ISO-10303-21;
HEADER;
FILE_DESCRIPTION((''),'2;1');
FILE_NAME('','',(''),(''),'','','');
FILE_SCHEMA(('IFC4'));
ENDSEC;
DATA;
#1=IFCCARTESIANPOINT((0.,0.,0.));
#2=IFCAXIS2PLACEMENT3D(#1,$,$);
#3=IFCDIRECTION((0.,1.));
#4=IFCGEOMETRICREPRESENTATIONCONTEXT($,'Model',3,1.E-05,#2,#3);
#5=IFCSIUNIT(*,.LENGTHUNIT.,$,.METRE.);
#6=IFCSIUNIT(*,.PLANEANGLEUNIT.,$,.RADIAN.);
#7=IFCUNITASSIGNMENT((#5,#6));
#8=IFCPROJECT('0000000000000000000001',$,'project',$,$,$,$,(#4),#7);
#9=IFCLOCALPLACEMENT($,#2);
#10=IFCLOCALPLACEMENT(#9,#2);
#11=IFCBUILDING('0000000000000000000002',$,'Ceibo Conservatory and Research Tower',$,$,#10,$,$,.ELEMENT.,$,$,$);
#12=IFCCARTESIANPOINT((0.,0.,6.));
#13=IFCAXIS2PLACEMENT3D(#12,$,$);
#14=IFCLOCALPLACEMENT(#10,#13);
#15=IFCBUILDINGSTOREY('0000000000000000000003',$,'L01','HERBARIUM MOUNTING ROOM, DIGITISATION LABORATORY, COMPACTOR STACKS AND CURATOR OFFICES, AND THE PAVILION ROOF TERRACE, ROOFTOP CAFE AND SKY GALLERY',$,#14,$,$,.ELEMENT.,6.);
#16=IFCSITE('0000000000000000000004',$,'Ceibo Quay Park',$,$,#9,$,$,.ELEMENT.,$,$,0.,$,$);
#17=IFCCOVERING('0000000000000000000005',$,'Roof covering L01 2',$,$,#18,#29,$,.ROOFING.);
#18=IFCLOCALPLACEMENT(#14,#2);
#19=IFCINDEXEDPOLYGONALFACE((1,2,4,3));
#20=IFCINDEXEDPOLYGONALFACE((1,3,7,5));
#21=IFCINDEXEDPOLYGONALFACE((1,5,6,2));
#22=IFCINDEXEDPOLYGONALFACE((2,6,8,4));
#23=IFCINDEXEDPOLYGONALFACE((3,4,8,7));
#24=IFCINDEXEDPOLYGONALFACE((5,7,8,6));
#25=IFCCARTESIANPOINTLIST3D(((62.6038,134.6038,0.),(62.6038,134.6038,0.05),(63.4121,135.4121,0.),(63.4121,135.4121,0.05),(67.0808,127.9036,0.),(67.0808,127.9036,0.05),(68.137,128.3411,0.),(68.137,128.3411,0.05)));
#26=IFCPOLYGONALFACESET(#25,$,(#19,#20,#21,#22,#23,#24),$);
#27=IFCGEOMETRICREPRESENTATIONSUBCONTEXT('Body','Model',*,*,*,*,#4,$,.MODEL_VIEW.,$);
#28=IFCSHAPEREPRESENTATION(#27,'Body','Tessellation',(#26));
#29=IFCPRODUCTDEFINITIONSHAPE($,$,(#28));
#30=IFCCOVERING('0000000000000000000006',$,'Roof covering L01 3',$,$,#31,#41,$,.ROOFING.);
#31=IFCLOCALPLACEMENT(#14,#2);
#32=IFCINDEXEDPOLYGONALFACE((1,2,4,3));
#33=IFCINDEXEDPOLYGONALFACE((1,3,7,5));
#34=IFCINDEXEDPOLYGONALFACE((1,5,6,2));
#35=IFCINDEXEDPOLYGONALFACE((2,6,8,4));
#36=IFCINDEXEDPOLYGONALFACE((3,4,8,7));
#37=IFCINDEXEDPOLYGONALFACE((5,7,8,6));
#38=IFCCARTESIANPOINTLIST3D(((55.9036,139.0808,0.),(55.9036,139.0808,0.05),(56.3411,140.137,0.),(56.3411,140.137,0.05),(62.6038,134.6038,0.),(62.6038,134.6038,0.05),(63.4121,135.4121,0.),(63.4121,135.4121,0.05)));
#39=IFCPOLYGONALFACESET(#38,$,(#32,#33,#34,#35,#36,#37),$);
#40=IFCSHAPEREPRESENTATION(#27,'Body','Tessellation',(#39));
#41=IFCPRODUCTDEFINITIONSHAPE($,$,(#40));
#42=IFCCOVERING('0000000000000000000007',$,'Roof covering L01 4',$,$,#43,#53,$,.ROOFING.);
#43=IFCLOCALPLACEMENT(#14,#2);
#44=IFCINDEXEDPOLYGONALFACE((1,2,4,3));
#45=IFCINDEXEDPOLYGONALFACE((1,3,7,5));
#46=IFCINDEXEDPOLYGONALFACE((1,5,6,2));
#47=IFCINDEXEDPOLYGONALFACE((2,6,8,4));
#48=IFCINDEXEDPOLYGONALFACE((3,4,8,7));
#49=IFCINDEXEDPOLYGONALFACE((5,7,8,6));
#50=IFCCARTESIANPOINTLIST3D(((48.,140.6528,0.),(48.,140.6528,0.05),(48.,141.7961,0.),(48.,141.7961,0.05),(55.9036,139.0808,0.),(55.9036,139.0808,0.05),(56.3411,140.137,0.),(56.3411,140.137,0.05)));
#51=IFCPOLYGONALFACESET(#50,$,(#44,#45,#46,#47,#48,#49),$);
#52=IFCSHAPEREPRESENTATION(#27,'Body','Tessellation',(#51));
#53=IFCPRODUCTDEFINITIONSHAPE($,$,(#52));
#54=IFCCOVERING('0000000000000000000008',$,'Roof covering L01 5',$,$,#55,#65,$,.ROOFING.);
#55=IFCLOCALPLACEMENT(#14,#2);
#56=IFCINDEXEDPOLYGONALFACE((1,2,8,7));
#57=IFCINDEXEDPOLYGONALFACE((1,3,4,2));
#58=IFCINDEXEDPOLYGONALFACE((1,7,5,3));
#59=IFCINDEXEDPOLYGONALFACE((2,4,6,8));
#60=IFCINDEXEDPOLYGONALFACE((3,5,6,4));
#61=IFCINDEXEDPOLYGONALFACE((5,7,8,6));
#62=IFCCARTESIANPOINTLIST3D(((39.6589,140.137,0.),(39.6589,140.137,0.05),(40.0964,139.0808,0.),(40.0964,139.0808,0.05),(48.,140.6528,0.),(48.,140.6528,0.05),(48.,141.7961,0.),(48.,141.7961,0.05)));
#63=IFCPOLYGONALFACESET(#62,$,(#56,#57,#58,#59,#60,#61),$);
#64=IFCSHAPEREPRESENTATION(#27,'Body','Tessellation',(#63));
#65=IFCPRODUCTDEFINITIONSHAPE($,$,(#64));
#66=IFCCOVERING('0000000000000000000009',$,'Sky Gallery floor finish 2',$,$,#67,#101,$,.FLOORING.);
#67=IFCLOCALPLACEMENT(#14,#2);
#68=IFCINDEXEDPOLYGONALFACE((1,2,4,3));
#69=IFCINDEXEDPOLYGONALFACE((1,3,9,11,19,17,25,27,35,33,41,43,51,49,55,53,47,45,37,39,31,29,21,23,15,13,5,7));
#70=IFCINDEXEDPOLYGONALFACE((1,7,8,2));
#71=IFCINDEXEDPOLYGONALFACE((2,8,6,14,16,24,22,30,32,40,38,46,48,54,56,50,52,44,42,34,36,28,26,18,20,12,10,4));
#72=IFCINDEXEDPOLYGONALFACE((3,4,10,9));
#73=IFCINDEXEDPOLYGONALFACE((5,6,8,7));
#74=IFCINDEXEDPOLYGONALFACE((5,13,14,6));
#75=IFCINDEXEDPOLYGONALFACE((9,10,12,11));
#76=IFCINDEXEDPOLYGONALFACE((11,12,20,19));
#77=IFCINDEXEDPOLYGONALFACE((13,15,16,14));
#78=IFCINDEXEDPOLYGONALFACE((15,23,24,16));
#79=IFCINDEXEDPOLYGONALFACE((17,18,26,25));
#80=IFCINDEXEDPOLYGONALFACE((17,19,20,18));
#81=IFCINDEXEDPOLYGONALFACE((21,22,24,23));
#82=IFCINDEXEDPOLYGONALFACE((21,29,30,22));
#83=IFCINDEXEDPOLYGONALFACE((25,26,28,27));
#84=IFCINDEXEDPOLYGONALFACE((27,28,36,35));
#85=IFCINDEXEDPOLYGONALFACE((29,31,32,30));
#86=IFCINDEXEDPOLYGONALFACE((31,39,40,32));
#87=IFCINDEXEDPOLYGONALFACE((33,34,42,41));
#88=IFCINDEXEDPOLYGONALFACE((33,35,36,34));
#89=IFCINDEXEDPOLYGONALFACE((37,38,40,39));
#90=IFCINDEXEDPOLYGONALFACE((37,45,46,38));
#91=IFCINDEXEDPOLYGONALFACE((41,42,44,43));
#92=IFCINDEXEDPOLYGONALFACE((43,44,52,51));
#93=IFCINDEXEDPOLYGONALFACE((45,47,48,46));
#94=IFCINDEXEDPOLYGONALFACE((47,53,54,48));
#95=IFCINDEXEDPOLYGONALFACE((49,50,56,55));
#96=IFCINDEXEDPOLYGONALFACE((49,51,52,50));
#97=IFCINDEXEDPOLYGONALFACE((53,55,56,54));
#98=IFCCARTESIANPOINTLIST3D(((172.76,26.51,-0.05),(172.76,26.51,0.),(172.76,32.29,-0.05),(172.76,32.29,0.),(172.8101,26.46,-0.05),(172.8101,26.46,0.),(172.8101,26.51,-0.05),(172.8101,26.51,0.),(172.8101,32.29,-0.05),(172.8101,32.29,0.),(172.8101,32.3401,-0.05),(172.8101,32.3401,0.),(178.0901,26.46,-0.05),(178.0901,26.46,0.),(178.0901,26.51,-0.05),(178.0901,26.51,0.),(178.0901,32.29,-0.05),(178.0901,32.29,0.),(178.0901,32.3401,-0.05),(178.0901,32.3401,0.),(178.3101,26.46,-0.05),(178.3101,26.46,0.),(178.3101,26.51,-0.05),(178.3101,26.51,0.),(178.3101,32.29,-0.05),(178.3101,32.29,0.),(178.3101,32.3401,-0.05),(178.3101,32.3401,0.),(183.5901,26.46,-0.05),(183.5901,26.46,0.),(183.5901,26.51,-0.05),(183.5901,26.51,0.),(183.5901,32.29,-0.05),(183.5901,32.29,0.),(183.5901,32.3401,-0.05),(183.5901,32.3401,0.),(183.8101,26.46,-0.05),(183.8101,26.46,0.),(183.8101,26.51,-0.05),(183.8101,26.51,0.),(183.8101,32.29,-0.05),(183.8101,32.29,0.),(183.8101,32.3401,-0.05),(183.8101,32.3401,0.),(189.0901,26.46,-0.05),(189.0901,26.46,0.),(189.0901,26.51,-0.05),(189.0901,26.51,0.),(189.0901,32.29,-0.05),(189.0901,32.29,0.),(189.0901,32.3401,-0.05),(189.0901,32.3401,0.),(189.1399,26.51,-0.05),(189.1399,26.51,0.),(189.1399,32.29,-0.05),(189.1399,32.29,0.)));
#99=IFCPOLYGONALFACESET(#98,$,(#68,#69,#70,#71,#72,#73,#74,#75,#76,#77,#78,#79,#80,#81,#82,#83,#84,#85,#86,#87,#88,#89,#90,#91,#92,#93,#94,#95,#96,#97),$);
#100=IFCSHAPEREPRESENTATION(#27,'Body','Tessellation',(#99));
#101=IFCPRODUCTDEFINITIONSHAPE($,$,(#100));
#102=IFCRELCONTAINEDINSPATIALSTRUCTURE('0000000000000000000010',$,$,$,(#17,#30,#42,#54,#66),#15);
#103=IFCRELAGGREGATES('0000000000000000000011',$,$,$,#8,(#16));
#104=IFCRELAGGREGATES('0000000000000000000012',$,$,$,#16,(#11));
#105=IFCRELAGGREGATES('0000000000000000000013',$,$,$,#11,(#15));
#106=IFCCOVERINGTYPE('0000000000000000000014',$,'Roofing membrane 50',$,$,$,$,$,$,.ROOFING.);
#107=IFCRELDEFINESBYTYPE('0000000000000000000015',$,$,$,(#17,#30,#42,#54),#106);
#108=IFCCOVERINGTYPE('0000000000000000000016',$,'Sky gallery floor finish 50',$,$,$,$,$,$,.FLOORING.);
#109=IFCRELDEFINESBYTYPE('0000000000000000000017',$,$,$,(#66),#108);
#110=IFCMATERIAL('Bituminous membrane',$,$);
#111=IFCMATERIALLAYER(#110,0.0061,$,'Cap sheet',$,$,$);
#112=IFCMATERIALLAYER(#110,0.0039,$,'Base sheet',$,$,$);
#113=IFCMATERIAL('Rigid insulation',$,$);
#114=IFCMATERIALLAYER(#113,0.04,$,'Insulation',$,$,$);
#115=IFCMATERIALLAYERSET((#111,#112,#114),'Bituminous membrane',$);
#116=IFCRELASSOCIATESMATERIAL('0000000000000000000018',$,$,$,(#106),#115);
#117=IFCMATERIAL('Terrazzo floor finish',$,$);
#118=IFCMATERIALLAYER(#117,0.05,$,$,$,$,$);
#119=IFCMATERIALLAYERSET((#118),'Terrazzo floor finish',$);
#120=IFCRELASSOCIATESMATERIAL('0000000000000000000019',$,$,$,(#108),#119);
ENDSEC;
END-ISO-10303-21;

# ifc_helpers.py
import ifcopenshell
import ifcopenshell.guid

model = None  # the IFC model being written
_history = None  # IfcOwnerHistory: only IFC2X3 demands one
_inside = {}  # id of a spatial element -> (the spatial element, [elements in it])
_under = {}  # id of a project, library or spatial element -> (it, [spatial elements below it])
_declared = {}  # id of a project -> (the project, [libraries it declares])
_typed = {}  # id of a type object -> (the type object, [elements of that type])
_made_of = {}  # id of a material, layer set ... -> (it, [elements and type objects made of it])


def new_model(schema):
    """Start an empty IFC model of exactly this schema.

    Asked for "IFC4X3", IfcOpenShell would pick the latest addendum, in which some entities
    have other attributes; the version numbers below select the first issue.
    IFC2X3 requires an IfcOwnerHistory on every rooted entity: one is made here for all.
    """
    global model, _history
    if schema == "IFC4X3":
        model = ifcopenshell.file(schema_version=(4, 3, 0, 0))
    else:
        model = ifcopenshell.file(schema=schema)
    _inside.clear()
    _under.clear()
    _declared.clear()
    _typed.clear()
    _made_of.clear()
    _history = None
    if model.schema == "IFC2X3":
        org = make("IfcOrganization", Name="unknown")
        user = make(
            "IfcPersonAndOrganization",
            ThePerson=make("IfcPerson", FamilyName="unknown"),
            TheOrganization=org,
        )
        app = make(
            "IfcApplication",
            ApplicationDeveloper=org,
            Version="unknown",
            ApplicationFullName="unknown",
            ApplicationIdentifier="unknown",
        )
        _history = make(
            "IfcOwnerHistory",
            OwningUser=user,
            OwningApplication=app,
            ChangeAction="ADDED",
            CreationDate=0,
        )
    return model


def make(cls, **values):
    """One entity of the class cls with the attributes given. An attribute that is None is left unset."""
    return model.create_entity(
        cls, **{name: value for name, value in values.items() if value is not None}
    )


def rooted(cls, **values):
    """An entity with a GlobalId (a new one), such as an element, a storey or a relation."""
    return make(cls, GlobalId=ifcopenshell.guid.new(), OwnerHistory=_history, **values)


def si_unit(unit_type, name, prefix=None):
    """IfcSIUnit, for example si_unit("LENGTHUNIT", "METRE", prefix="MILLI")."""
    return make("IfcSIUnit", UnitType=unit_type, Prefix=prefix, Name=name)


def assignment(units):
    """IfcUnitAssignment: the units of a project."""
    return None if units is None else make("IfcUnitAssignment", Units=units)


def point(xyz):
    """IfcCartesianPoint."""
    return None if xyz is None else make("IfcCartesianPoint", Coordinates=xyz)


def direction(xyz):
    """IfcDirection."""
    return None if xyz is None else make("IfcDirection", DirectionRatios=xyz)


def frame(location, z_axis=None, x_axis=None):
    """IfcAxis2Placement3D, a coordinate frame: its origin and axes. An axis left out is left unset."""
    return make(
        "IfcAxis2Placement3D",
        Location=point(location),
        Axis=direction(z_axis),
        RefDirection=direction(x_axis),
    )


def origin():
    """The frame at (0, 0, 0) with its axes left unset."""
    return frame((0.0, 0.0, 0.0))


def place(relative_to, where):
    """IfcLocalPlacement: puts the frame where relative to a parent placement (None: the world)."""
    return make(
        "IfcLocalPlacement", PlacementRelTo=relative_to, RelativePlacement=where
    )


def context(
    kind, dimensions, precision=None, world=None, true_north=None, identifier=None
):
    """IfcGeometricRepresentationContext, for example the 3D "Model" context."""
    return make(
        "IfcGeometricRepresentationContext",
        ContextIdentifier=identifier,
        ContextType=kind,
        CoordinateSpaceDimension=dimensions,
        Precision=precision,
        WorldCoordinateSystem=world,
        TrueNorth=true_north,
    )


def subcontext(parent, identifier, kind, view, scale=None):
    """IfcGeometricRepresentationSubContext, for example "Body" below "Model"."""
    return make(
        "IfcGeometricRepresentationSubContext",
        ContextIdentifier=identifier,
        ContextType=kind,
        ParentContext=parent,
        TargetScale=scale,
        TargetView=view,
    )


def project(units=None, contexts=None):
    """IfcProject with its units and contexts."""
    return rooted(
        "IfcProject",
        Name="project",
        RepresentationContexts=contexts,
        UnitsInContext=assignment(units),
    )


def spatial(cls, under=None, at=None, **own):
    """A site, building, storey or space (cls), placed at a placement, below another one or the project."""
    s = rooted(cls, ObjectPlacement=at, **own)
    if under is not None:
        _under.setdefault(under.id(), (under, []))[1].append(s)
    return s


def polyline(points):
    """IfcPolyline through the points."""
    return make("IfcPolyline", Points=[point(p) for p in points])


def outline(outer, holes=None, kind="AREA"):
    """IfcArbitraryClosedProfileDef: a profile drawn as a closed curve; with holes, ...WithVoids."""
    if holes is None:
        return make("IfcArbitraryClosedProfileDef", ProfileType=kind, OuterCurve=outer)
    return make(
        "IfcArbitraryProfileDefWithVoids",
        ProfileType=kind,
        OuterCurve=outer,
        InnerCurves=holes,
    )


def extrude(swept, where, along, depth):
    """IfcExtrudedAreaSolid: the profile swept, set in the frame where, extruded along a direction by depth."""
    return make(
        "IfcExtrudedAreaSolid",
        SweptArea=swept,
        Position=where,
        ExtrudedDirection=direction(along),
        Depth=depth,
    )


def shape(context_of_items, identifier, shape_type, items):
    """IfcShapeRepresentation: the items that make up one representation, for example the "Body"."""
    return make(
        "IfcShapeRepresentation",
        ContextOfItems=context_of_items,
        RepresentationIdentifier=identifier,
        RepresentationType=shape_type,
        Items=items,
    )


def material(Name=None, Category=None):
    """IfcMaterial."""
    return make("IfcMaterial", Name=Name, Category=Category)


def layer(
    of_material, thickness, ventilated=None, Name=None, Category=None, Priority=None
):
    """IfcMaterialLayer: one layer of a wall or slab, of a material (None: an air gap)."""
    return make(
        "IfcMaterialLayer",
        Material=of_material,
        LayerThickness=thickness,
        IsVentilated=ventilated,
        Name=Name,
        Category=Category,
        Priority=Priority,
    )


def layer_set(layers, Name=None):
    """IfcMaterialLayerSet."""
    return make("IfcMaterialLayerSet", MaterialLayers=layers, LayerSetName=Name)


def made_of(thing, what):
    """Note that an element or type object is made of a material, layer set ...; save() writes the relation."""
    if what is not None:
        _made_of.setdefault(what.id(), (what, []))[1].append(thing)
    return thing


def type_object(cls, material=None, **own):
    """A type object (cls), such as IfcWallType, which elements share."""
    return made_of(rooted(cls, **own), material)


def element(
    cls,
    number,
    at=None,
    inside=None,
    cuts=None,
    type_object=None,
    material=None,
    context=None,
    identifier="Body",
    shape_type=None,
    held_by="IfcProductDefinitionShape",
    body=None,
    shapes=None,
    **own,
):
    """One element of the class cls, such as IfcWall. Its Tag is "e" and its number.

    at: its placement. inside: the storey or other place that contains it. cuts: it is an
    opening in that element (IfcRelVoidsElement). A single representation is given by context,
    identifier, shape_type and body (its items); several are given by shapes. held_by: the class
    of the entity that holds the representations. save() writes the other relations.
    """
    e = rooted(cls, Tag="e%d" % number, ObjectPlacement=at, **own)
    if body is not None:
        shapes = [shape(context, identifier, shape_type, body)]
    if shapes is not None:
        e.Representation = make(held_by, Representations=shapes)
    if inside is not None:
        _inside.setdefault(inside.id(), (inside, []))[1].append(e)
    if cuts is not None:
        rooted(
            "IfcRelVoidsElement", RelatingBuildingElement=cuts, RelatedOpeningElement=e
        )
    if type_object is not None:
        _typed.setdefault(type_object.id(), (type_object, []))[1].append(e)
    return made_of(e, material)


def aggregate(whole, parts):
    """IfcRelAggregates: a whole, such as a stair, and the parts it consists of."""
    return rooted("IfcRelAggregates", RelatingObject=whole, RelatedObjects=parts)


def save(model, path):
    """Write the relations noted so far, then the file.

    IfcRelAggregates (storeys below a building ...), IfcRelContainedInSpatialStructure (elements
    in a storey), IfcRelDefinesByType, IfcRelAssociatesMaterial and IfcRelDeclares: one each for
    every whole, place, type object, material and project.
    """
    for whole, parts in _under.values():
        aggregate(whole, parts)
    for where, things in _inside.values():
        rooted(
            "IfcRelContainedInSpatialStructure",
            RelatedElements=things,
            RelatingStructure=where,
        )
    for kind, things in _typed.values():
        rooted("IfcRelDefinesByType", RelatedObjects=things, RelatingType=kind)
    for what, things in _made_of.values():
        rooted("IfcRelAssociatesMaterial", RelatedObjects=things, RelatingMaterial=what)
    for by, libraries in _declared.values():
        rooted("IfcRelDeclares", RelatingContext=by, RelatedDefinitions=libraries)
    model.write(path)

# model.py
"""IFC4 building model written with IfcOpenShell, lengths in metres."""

from ifc_helpers import new_model, si_unit, direction, frame, origin, place, context, subcontext, project, spatial, polyline, outline, extrude, material, layer, layer_set, type_object, element, save


model = new_model("IFC4")

# Units and contexts
model_context = context("Model", 3, precision=1e-05, world=origin(), true_north=direction((0.0, 1.0)))
body_context = subcontext(model_context, "Body", "Model", "MODEL_VIEW")
ifc_project = project(units=[si_unit("LENGTHUNIT", "METRE"), si_unit("PLANEANGLEUNIT", "RADIAN")], contexts=[model_context])

# Site, building, storey
site_placement = place(None, origin())
site = spatial("IfcSite", under=ifc_project, at=site_placement, Name="Ceibo Quay Park", CompositionType="ELEMENT", RefElevation=0.0)
building_placement = place(site_placement, origin())
building = spatial("IfcBuilding", under=site, at=building_placement, Name="Ceibo Conservatory and Research Tower", CompositionType="ELEMENT")
storey_placement = place(building_placement, frame((0.0, 0.0, 6.0)))
storey = spatial("IfcBuildingStorey", under=building, at=storey_placement, Name="L01", Description="HERBARIUM MOUNTING ROOM, DIGITISATION LABORATORY, COMPACTOR STACKS AND CURATOR OFFICES, AND THE PAVILION ROOF TERRACE, ROOFTOP CAFE AND SKY GALLERY", CompositionType="ELEMENT", Elevation=6.0)

# Coverings
ifc_material_1 = material(Name="Bituminous membrane")
ifc_layer_1 = layer(ifc_material_1, 0.0061, Name="Cap sheet")
ifc_layer_2 = layer(ifc_material_1, 0.0039, Name="Base sheet")
ifc_material_2 = material(Name="Rigid insulation")
ifc_layer_3 = layer(ifc_material_2, 0.04, Name="Insulation")
ifc_layer_set_1 = layer_set([ifc_layer_1, ifc_layer_2, ifc_layer_3], Name="Bituminous membrane")
covering_type_1 = type_object("IfcCoveringType", Name="Roofing membrane 50", PredefinedType="ROOFING", material=ifc_layer_set_1)
covering_1_placement = place(storey_placement, origin())
element("IfcCovering", 1, at=covering_1_placement, inside=storey, type_object=covering_type_1, Name="Roof covering L01 2", PredefinedType="ROOFING", context=body_context, shape_type="SweptSolid", body=[
    extrude(outline(polyline([(68.137, 128.3411), (63.4121, 135.4121), (62.6038, 134.6038), (67.0808, 127.9036), (68.137, 128.3411)])), origin(), (0.0, 0.0, 1.0), 0.05),
])
covering_2_placement = place(storey_placement, origin())
element("IfcCovering", 2, at=covering_2_placement, inside=storey, type_object=covering_type_1, Name="Roof covering L01 3", PredefinedType="ROOFING", context=body_context, shape_type="SweptSolid", body=[
    extrude(outline(polyline([(63.4121, 135.4121), (56.3411, 140.137), (55.9036, 139.0808), (62.6038, 134.6038), (63.4121, 135.4121)])), origin(), (0.0, 0.0, 1.0), 0.05),
])
covering_3_placement = place(storey_placement, origin())
element("IfcCovering", 3, at=covering_3_placement, inside=storey, type_object=covering_type_1, Name="Roof covering L01 4", PredefinedType="ROOFING", context=body_context, shape_type="SweptSolid", body=[
    extrude(outline(polyline([(56.3411, 140.137), (48.0, 141.7961), (48.0, 140.6528), (55.9036, 139.0808), (56.3411, 140.137)])), origin(), (0.0, 0.0, 1.0), 0.05),
])
covering_4_placement = place(storey_placement, origin())
element("IfcCovering", 4, at=covering_4_placement, inside=storey, type_object=covering_type_1, Name="Roof covering L01 5", PredefinedType="ROOFING", context=body_context, shape_type="SweptSolid", body=[
    extrude(outline(polyline([(48.0, 141.7961), (39.6589, 140.137), (40.0964, 139.0808), (48.0, 140.6528), (48.0, 141.7961)])), origin(), (0.0, 0.0, 1.0), 0.05),
])
ifc_material_3 = material(Name="Terrazzo floor finish")
ifc_layer_4 = layer(ifc_material_3, 0.05)
ifc_layer_set_2 = layer_set([ifc_layer_4], Name="Terrazzo floor finish")
covering_type_2 = type_object("IfcCoveringType", Name="Sky gallery floor finish 50", PredefinedType="FLOORING", material=ifc_layer_set_2)
covering_5_placement = place(storey_placement, frame((0.0, 0.0, -0.05)))
element("IfcCovering", 5, at=covering_5_placement, inside=storey, type_object=covering_type_2, Name="Sky Gallery floor finish 2", PredefinedType="FLOORING", context=body_context, shape_type="SweptSolid", body=[
    extrude(outline(polyline([(183.5901, 32.3401), (183.5901, 32.29), (183.8101, 32.29), (183.8101, 32.3401), (189.0901, 32.3401), (189.0901, 32.29), (189.1399, 32.29), (189.1399, 26.51), (189.0901, 26.51), (189.0901, 26.46), (183.8101, 26.46), (183.8101, 26.51), (183.5901, 26.51), (183.5901, 26.46), (178.3101, 26.46), (178.3101, 26.51), (178.0901, 26.51), (178.0901, 26.46), (172.8101, 26.46), (172.8101, 26.51), (172.76, 26.51), (172.76, 32.29), (172.8101, 32.29), (172.8101, 32.3401), (178.0901, 32.3401), (178.0901, 32.29), (178.3101, 32.29), (178.3101, 32.3401), (183.5901, 32.3401)])), origin(), (0.0, 0.0, 1.0), 0.05),
])

save(model, "model.ifc")
